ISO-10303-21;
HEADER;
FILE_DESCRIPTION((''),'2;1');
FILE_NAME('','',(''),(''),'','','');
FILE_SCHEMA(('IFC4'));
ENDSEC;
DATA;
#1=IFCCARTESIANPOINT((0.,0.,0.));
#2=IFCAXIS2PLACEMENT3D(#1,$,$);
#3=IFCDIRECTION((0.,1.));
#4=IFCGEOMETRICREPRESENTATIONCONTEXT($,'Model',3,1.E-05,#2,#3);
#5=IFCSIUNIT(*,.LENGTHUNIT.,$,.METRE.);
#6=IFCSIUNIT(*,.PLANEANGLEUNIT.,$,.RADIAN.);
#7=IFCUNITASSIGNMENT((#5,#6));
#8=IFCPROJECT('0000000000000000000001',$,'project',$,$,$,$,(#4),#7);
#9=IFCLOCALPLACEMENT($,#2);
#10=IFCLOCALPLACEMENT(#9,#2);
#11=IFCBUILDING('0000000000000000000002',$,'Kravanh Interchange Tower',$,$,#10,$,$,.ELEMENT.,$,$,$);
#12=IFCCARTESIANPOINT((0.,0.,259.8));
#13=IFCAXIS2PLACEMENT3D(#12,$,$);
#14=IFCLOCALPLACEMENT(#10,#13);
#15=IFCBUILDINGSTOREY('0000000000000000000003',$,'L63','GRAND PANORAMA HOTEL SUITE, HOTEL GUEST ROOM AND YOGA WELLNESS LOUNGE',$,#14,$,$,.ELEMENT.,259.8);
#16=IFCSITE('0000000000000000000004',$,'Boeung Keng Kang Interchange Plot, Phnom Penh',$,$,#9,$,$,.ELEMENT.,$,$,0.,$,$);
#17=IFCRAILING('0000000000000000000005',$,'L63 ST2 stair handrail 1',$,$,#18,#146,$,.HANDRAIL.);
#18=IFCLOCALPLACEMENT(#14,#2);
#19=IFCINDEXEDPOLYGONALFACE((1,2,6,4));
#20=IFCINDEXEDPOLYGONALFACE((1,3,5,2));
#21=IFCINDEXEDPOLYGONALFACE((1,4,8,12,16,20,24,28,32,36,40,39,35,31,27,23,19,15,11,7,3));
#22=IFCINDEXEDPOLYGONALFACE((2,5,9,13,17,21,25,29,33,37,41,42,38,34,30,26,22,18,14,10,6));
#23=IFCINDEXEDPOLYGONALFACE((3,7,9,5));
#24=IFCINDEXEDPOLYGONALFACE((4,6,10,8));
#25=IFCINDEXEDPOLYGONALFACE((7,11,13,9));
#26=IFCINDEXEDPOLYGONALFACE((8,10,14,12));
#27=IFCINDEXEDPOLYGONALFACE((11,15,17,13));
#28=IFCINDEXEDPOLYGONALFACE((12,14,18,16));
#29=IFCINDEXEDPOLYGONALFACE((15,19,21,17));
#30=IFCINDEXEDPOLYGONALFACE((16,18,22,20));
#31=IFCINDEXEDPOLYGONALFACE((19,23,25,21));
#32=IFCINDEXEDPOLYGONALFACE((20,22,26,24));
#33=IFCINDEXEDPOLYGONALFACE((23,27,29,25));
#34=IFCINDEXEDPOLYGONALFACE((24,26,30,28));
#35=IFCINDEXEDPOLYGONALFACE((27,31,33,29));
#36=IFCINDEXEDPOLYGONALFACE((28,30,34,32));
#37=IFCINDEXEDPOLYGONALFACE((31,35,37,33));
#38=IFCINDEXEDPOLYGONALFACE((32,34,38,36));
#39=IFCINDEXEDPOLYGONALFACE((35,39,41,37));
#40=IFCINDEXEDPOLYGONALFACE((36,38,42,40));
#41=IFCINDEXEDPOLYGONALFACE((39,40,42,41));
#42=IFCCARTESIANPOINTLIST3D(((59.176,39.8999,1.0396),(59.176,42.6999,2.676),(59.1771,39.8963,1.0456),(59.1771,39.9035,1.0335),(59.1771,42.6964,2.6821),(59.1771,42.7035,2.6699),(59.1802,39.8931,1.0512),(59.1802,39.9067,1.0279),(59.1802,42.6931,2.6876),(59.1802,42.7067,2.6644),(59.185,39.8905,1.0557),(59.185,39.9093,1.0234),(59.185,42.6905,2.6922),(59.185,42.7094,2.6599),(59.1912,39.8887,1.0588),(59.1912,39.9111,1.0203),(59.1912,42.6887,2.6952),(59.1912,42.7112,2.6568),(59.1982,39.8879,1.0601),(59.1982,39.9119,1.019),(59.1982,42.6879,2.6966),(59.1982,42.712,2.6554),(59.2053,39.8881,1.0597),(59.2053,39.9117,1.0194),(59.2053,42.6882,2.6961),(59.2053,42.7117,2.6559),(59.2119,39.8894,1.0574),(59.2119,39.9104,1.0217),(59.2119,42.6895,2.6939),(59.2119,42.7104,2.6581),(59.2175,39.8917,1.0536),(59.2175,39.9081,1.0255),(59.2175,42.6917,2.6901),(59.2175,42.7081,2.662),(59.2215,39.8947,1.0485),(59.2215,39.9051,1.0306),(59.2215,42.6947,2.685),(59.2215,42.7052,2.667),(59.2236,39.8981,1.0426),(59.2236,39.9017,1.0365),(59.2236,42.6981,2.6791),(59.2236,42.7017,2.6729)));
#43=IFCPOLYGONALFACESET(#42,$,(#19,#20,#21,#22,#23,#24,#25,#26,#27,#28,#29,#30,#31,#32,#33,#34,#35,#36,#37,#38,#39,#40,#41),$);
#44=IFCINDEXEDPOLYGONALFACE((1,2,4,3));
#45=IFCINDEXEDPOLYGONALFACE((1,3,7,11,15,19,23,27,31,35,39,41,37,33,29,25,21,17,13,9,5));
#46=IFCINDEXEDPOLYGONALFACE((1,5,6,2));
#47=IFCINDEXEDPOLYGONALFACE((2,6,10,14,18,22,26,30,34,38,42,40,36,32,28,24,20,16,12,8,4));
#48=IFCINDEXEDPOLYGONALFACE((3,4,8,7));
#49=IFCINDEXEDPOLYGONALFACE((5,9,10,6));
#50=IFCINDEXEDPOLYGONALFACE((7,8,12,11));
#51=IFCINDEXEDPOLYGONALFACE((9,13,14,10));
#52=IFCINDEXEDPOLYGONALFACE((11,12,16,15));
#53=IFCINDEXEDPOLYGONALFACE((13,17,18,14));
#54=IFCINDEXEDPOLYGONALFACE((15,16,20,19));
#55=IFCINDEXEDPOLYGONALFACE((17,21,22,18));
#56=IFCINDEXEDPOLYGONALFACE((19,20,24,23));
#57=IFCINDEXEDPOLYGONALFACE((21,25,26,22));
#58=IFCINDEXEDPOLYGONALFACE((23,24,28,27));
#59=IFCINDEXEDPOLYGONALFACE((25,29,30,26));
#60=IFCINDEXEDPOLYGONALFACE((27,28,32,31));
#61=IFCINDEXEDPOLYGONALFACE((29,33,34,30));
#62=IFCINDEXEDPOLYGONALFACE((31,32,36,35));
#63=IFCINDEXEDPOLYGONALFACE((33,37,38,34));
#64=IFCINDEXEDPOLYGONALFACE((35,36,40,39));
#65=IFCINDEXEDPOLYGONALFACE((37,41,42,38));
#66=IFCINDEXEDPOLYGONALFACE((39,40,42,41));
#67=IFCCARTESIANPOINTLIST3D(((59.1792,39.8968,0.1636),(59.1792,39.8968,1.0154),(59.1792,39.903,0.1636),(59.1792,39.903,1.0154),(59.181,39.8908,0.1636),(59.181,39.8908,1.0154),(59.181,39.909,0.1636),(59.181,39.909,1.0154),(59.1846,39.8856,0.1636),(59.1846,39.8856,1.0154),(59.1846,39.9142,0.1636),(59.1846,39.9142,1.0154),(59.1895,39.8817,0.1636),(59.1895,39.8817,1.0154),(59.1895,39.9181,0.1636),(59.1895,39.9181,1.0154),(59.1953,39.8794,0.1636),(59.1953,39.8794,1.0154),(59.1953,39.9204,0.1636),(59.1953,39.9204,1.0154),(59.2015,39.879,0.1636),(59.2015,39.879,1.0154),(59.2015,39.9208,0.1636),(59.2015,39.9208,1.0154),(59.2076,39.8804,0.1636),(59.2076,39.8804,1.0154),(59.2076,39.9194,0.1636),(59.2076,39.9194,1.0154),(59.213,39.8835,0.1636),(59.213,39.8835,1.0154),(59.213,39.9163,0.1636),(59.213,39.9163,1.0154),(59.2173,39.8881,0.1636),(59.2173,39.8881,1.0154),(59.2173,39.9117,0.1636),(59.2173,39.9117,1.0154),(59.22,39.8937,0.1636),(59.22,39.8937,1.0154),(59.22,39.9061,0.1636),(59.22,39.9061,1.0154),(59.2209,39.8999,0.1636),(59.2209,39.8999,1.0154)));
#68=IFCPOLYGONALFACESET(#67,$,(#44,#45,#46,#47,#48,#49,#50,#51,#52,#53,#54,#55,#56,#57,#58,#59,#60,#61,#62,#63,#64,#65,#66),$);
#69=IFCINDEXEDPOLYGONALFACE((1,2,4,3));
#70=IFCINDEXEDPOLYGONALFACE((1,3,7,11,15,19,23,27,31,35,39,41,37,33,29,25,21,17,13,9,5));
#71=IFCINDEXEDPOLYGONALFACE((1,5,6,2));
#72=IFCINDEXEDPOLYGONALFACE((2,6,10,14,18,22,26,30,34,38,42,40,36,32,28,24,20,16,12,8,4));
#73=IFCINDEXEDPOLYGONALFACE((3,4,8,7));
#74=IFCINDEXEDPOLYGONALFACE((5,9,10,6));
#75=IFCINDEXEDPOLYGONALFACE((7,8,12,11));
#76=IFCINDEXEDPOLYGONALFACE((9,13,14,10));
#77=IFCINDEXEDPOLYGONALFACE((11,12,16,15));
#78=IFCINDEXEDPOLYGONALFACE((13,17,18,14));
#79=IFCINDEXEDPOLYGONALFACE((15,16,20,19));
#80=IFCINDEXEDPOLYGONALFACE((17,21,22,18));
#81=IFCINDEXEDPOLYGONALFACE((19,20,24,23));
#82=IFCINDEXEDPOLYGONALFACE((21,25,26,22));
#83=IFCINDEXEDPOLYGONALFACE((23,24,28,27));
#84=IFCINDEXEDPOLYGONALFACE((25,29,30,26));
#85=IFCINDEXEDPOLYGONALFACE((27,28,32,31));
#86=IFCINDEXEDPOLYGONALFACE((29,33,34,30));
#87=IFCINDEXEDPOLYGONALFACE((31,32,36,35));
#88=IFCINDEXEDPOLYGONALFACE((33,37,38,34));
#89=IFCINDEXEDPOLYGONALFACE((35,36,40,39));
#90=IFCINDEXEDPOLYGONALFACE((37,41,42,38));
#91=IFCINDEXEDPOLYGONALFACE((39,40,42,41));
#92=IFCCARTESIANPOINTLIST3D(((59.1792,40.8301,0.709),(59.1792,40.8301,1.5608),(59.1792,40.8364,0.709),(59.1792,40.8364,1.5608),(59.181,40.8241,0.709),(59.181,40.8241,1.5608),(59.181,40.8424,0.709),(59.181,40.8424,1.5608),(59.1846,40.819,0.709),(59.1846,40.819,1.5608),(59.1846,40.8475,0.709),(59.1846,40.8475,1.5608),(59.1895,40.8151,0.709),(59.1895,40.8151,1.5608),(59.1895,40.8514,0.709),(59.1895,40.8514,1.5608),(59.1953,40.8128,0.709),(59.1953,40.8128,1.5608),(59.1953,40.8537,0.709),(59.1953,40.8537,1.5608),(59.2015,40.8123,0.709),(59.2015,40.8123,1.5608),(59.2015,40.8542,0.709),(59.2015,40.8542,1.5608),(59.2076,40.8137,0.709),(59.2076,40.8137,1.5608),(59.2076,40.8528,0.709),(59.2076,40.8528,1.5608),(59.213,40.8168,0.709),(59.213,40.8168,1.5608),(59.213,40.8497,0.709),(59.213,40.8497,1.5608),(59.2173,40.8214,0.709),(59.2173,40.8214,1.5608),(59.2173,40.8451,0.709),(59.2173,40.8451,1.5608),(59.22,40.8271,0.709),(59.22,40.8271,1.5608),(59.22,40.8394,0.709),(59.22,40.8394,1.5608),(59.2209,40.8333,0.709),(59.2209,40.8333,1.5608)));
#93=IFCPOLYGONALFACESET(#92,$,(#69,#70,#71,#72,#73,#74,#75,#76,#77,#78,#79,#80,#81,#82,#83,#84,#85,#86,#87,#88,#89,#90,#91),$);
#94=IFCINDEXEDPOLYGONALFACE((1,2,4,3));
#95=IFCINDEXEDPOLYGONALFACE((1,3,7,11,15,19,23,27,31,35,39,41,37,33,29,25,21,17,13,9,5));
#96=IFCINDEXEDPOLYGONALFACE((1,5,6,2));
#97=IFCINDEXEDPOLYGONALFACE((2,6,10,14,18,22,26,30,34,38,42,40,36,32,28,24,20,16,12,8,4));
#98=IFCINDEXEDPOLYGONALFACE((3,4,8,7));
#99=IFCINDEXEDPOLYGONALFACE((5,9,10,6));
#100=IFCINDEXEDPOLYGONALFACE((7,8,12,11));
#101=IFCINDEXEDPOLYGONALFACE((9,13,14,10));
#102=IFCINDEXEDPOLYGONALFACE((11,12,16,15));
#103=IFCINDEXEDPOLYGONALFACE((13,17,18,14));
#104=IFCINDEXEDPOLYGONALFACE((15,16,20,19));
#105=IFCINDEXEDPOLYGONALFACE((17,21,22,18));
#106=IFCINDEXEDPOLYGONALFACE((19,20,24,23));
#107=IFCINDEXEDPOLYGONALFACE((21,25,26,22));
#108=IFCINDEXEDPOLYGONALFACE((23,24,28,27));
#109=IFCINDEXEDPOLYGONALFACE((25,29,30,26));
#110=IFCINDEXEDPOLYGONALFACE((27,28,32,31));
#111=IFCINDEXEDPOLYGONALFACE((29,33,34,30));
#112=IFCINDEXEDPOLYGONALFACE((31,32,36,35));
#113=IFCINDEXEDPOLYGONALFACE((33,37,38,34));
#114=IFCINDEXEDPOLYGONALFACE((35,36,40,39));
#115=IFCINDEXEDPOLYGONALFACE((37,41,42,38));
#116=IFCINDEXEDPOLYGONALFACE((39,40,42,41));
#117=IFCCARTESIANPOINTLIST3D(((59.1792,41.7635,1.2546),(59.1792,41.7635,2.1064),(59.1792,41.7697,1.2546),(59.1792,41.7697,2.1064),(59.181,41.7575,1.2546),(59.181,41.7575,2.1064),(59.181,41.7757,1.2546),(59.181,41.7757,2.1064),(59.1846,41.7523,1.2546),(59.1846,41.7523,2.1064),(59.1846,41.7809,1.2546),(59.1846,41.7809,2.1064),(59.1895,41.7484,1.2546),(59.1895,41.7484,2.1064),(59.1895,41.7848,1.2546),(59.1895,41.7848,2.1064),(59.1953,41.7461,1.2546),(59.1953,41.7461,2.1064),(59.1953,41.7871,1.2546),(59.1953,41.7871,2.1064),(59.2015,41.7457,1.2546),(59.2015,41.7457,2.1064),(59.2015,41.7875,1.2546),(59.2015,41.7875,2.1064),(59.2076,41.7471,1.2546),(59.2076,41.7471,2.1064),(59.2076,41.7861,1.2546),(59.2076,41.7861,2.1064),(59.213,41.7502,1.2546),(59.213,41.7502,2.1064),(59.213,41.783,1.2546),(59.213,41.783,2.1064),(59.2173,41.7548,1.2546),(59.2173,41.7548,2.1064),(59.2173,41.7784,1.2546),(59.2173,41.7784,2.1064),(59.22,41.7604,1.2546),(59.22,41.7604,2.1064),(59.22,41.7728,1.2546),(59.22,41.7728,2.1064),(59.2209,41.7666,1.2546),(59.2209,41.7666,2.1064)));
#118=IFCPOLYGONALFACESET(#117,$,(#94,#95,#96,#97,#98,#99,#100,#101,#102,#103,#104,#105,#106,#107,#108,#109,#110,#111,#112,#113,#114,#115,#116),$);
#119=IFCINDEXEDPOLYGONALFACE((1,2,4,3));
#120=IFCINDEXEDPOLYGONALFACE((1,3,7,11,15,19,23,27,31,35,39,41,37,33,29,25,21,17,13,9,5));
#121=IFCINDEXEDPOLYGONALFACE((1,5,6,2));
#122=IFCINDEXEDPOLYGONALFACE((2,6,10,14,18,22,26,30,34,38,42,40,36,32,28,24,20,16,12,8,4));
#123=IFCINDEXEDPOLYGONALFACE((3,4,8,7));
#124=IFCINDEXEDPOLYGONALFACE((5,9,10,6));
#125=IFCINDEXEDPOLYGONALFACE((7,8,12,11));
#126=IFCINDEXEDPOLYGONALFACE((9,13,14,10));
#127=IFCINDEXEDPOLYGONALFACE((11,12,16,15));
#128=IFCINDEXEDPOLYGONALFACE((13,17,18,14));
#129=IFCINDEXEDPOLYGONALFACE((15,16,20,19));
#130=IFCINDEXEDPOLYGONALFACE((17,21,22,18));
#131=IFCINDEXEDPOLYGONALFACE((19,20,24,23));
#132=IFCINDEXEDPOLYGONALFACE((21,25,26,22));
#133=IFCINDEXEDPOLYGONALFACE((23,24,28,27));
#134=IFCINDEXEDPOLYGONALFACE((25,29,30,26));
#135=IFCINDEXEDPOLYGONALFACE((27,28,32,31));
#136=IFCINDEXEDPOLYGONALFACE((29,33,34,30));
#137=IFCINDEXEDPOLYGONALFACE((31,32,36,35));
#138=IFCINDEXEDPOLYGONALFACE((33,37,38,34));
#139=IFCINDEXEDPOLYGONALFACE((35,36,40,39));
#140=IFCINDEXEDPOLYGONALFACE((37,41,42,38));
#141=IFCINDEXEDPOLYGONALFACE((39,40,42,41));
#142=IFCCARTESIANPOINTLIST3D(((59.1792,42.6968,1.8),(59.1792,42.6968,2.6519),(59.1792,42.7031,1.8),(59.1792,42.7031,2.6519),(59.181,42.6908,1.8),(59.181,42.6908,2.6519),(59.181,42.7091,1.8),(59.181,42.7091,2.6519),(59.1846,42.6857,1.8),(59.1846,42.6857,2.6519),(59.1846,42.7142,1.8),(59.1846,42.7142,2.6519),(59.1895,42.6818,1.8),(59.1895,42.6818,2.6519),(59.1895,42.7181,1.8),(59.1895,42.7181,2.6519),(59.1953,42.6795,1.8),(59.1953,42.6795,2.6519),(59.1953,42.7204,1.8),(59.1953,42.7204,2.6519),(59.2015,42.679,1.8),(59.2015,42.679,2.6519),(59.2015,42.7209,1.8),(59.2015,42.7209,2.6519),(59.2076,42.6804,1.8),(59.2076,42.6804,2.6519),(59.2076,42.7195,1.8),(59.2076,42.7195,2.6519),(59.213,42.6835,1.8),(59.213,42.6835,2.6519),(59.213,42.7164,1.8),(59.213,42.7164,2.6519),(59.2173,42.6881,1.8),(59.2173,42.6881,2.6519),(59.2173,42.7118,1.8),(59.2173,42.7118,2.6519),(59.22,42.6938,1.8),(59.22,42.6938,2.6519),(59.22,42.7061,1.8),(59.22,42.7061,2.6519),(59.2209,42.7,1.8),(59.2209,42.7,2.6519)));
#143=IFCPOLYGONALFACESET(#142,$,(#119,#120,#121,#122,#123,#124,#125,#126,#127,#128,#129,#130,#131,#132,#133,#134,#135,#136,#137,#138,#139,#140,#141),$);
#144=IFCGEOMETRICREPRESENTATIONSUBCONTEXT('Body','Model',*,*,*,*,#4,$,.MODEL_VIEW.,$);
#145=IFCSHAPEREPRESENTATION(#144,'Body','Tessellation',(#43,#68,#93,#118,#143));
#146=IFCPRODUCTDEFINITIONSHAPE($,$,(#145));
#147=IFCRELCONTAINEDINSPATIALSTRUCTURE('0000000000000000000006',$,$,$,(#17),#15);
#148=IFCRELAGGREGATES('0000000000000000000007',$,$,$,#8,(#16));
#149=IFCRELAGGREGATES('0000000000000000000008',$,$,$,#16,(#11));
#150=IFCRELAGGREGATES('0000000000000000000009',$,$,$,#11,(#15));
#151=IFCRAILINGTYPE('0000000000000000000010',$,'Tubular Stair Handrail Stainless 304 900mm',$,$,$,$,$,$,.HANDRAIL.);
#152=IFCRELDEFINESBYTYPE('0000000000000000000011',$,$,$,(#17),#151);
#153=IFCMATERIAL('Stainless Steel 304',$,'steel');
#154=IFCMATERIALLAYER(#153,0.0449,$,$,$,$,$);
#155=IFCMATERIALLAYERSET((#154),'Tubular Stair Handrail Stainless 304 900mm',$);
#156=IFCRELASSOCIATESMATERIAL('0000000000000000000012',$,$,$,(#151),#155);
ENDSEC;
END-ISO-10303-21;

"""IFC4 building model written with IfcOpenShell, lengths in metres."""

from ifc_helpers import new_model, si_unit, direction, frame, origin, origin_2d, place, context, subcontext, project, spatial, circle, extrude, material, layer, layer_set, type_object, element, save


model = new_model("IFC4")

# Units and contexts
model_context = context("Model", 3, precision=1e-05, world=origin(), true_north=direction((0.0, 1.0)))
body_context = subcontext(model_context, "Body", "Model", "MODEL_VIEW")
ifc_project = project(units=[si_unit("LENGTHUNIT", "METRE"), si_unit("PLANEANGLEUNIT", "RADIAN")], contexts=[model_context])

# Site, building, storey
site_placement = place(None, origin())
site = spatial("IfcSite", under=ifc_project, at=site_placement, Name="Boeung Keng Kang Interchange Plot, Phnom Penh", CompositionType="ELEMENT", RefElevation=0.0)
building_placement = place(site_placement, origin())
building = spatial("IfcBuilding", under=site, at=building_placement, Name="Kravanh Interchange Tower", CompositionType="ELEMENT")
storey_placement = place(building_placement, frame((0.0, 0.0, 259.8)))
storey = spatial("IfcBuildingStorey", under=building, at=storey_placement, Name="L63", Description="GRAND PANORAMA HOTEL SUITE, HOTEL GUEST ROOM AND YOGA WELLNESS LOUNGE", CompositionType="ELEMENT", Elevation=259.8)

# Railing
ifc_material_1 = material(Name="Stainless Steel 304", Category="steel")
ifc_layer_1 = layer(ifc_material_1, 0.0449)
ifc_layer_set_1 = layer_set([ifc_layer_1], Name="Tubular Stair Handrail Stainless 304 900mm")
railing_type_1 = type_object("IfcRailingType", Name="Tubular Stair Handrail Stainless 304 900mm", PredefinedType="HANDRAIL", material=ifc_layer_set_1)
railing_1_placement = place(storey_placement, frame((59.2, 39.8999, 0.1636)))
element("IfcRailing", 1, at=railing_1_placement, inside=storey, type_object=railing_type_1, Name="L63 ST2 stair handrail 1", PredefinedType="HANDRAIL", context=body_context, shape_type="SweptSolid", body=[
    extrude(circle(Radius=0.0239, at=origin_2d()), frame((0.0, 0.0, 0.876), z_axis=(0.0, 0.863361, 0.504587), x_axis=(-1.0, 0.0, 0.0)), (0.0, 0.0, 1.0), 3.2432),
    extrude(circle(Radius=0.021, at=origin_2d()), origin(), (0.0, 0.0, 1.0), 0.8518),
    extrude(circle(Radius=0.021, at=origin_2d()), frame((0.0, 0.9333, 0.5454)), (0.0, 0.0, 1.0), 0.8518),
    extrude(circle(Radius=0.021, at=origin_2d()), frame((0.0, 1.8667, 1.0911)), (0.0, 0.0, 1.0), 0.8518),
    extrude(circle(Radius=0.021, at=origin_2d()), frame((0.0, 2.8, 1.6365)), (0.0, 0.0, 1.0), 0.8518),
])

save(model, "model.ifc")
